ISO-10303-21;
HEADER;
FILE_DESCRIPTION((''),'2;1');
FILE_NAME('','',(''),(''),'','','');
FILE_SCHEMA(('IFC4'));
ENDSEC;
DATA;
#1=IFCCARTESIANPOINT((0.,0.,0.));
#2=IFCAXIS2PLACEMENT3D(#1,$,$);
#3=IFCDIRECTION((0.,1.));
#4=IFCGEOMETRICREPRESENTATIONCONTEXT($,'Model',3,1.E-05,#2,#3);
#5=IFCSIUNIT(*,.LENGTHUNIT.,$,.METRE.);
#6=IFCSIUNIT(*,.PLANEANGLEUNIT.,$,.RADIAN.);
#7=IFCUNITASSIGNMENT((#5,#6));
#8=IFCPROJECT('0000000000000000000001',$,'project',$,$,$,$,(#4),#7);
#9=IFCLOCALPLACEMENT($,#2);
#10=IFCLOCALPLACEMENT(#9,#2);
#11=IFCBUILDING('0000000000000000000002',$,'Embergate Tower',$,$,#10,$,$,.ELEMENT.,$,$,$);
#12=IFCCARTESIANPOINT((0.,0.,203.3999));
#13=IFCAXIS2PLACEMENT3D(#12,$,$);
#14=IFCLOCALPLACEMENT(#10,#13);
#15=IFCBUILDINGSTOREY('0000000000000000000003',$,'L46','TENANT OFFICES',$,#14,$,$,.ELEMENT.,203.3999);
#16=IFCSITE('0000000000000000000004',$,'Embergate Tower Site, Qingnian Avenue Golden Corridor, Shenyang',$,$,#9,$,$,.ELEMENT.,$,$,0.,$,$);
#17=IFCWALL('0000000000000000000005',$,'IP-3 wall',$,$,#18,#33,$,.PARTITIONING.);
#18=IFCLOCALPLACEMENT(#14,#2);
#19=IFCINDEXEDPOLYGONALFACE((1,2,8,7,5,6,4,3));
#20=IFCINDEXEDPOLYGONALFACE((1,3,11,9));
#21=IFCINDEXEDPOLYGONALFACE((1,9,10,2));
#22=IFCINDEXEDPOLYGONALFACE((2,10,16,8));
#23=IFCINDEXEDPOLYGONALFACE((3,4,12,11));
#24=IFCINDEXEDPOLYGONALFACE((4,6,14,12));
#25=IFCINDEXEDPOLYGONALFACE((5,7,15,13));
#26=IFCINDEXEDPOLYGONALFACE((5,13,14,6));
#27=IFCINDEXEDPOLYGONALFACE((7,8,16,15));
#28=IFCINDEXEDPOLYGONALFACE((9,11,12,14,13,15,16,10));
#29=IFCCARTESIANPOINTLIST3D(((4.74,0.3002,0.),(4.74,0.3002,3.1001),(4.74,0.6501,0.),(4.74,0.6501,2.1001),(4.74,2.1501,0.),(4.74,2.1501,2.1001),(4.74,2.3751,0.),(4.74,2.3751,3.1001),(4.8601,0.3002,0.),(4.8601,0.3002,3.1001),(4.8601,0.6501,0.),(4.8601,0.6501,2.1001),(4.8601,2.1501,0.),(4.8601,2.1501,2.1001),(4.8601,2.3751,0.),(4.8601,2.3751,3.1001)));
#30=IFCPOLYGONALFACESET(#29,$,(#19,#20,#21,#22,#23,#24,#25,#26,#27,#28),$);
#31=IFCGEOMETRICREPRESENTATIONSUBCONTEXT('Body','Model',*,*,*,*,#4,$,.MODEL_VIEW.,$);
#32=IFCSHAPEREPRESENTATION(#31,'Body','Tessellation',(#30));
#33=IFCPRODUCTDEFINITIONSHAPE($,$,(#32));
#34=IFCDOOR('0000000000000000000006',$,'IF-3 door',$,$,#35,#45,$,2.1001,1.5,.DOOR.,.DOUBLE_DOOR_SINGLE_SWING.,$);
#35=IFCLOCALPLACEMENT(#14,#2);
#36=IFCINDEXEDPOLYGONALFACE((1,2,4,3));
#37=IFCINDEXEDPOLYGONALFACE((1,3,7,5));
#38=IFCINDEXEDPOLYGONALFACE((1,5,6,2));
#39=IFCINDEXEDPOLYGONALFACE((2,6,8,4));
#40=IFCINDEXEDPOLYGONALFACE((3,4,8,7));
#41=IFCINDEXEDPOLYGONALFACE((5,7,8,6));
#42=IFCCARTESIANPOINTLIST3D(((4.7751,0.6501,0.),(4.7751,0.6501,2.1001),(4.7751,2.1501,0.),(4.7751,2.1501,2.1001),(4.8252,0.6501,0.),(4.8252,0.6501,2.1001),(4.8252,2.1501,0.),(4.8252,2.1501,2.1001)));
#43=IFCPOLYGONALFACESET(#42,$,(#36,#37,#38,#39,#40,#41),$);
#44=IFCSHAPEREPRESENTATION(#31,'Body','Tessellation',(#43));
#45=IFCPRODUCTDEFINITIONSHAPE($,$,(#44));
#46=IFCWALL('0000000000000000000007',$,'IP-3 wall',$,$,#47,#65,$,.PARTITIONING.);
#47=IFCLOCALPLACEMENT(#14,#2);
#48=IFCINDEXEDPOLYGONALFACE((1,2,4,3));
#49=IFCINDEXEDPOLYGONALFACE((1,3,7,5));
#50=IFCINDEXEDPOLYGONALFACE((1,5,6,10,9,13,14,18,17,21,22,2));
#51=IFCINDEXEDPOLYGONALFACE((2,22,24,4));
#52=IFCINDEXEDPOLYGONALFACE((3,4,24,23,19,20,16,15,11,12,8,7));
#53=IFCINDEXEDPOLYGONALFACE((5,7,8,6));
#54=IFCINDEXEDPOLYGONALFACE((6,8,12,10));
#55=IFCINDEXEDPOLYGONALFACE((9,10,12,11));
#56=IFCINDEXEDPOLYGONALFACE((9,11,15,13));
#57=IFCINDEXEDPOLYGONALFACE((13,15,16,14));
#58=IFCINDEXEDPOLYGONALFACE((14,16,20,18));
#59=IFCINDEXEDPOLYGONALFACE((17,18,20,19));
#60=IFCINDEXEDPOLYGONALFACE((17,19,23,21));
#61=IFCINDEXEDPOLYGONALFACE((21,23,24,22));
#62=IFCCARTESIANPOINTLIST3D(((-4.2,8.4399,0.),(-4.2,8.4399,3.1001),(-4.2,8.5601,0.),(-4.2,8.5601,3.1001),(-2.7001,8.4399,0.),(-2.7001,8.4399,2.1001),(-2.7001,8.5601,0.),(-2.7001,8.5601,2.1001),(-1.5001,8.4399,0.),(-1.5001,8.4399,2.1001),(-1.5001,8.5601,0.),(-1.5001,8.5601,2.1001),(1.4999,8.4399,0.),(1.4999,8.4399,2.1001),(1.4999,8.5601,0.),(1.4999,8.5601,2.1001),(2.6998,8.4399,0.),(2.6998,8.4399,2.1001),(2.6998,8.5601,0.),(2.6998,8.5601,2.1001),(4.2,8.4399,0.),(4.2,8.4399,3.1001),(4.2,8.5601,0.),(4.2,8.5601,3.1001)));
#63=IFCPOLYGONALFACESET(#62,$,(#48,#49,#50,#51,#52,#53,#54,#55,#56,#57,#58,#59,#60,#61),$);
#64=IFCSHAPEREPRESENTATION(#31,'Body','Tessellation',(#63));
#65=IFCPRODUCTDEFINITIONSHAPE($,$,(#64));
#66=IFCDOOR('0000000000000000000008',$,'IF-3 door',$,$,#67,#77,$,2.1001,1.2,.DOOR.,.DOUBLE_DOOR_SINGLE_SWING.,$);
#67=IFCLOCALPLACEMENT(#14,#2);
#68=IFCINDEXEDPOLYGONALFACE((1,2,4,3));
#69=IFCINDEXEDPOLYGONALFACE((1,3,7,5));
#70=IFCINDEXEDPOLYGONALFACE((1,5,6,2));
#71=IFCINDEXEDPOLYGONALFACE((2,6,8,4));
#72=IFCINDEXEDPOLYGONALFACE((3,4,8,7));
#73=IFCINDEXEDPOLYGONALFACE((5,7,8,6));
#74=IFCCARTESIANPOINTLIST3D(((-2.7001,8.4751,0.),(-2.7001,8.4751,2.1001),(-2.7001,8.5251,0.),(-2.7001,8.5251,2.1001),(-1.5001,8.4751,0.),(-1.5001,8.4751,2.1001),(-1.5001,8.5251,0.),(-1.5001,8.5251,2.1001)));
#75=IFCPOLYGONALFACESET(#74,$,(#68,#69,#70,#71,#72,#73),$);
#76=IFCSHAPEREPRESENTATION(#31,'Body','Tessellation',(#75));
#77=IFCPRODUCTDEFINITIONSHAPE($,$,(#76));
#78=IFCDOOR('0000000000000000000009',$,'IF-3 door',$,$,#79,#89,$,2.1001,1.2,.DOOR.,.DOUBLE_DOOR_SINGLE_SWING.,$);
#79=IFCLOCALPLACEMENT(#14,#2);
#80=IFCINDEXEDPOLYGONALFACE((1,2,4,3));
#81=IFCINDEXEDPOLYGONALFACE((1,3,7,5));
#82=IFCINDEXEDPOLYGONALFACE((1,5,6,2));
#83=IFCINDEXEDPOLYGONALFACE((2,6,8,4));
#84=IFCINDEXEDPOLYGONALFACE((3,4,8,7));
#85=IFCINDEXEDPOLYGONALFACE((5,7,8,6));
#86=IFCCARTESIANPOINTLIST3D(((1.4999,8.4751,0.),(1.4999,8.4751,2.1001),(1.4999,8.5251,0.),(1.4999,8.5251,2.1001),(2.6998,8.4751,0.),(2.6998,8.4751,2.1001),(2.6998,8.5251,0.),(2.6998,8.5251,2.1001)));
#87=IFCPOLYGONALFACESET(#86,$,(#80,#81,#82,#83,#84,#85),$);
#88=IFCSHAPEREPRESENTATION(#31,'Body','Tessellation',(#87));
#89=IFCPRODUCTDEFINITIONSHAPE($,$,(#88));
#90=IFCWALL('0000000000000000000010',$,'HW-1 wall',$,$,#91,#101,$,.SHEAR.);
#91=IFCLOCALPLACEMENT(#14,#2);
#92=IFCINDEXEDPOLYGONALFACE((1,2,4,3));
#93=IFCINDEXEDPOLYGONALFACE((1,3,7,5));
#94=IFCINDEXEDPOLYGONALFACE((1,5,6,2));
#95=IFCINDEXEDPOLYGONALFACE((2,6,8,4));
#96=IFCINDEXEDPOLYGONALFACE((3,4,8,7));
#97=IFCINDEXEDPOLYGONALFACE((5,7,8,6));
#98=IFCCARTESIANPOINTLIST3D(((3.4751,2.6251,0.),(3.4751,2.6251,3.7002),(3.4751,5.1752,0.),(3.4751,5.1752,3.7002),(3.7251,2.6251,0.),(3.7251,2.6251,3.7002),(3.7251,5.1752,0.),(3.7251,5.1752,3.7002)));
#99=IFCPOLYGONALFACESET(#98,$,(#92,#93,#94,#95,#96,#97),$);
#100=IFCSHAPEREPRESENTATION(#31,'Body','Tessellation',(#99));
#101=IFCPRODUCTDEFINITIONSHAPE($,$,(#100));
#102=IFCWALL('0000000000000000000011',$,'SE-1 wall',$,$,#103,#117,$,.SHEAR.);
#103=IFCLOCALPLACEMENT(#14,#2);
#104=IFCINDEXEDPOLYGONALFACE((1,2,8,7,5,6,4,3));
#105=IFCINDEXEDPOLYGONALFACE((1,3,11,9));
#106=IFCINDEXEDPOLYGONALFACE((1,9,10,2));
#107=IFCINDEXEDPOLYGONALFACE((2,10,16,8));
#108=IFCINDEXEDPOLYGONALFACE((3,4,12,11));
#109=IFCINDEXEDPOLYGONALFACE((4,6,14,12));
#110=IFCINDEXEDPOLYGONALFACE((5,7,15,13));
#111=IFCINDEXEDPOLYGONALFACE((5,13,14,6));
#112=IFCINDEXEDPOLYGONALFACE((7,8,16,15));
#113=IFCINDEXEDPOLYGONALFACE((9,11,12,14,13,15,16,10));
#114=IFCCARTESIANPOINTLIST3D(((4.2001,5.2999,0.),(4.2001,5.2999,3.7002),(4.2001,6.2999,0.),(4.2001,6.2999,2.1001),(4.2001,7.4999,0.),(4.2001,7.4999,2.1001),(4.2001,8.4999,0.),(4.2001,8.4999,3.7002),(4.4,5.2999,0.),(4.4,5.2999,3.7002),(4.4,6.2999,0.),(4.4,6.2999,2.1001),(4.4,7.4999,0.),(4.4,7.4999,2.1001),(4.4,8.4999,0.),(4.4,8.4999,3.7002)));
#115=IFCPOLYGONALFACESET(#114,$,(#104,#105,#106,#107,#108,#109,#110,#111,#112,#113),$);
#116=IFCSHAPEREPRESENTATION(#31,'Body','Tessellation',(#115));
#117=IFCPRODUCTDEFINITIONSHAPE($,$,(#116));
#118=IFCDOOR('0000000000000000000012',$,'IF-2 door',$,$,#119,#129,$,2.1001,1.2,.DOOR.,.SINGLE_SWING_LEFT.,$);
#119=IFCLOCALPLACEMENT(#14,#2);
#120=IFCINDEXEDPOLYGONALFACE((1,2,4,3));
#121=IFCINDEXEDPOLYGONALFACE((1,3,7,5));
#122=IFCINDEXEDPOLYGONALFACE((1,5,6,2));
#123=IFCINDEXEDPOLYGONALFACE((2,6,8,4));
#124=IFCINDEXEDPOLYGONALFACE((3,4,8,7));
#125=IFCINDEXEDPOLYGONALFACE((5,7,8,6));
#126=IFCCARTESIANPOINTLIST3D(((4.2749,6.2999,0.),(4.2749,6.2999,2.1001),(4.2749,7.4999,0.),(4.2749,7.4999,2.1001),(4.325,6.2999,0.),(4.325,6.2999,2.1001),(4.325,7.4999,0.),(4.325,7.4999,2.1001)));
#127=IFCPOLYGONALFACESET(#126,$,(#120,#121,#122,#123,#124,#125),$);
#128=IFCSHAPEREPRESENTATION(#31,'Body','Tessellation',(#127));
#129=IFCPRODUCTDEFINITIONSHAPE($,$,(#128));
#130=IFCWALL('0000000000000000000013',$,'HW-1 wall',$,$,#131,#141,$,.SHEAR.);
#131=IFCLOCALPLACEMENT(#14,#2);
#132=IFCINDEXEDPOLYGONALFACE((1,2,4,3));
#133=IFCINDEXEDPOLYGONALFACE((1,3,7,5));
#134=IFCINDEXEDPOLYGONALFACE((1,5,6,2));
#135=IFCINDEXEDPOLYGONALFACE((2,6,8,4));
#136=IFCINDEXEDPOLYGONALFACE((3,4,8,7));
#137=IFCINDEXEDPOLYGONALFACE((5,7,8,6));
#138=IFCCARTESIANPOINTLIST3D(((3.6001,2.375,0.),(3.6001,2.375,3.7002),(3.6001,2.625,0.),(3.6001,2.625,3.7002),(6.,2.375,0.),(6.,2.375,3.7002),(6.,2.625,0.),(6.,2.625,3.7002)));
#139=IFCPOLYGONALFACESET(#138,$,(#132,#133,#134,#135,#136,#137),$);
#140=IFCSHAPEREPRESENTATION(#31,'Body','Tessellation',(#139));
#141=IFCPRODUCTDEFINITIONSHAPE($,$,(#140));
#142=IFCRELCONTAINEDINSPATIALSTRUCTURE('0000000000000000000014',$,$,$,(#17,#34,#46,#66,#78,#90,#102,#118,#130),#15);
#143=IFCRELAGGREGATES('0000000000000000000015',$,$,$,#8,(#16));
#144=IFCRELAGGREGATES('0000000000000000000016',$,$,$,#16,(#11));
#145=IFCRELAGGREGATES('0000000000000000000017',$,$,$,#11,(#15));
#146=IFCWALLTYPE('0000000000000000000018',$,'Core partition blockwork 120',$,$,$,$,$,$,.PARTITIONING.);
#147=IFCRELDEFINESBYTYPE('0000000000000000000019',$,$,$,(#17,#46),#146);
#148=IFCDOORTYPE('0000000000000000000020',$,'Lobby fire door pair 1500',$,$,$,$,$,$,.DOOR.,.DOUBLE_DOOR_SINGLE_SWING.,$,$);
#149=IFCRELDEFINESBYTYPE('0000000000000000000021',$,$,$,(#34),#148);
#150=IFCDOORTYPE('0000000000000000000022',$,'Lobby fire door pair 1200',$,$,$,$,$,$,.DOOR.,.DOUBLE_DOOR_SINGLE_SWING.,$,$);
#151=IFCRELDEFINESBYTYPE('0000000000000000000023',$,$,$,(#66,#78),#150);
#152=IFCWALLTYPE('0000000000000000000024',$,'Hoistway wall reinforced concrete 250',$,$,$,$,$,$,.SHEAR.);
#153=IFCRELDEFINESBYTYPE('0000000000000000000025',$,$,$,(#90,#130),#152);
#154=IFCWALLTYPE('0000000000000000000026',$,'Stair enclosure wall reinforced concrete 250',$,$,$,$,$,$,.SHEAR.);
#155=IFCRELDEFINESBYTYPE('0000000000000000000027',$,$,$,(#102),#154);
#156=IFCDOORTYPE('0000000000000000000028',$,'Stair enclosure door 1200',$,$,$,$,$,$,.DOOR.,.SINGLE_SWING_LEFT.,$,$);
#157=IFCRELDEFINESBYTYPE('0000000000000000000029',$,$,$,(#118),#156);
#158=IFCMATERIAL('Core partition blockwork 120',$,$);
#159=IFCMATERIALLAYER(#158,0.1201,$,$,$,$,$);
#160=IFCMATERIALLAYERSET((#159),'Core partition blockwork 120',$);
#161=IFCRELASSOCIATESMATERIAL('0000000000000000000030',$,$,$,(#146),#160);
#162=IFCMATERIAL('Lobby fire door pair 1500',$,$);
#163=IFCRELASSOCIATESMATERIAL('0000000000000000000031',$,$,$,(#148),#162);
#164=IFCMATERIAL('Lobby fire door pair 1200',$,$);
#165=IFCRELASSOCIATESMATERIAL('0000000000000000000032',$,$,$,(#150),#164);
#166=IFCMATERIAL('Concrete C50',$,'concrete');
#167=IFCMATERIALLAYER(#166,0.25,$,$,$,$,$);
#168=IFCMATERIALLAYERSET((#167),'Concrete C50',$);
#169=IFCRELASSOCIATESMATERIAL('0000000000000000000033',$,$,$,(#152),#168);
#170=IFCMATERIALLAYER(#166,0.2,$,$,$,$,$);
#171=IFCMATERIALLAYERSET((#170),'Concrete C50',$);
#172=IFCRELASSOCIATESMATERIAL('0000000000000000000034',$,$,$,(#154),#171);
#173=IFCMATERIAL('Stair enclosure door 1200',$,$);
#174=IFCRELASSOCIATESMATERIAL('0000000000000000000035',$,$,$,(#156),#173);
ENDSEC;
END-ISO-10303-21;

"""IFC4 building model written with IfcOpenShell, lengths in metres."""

from ifc_helpers import new_model, si_unit, direction, frame, frame_2d, origin, place, context, subcontext, project, spatial, rectangle, extrude, source, transform, mapped, material, layer, layer_set, type_object, element, fill, save


model = new_model("IFC4")

# Units and contexts
model_context = context("Model", 3, precision=1e-05, world=origin(), true_north=direction((0.0, 1.0)))
body_context = subcontext(model_context, "Body", "Model", "MODEL_VIEW")
ifc_project = project(units=[si_unit("LENGTHUNIT", "METRE"), si_unit("PLANEANGLEUNIT", "RADIAN")], contexts=[model_context])

# Site, building, storey
site_placement = place(None, origin())
site = spatial("IfcSite", under=ifc_project, at=site_placement, Name="Embergate Tower Site, Qingnian Avenue Golden Corridor, Shenyang", CompositionType="ELEMENT", RefElevation=0.0)
building_placement = place(site_placement, origin())
building = spatial("IfcBuilding", under=site, at=building_placement, Name="Embergate Tower", CompositionType="ELEMENT")
storey_placement = place(building_placement, frame((0.0, 0.0, 203.3999)))
storey = spatial("IfcBuildingStorey", under=building, at=storey_placement, Name="L46", Description="TENANT OFFICES", CompositionType="ELEMENT", Elevation=203.3999)

# Wall, opening, door
ifc_material_1 = material(Name="Core partition blockwork 120")
ifc_layer_1 = layer(ifc_material_1, 0.1201)
ifc_layer_set_1 = layer_set([ifc_layer_1], Name="Core partition blockwork 120")
wall_type_1 = type_object("IfcWallType", Name="Core partition blockwork 120", PredefinedType="PARTITIONING", material=ifc_layer_set_1)
shared_shape_1 = source(origin(), body_context, "Body", "SweptSolid", [
    extrude(rectangle(XDim=2.075, YDim=0.1201, at=frame_2d((1.0376, 0.0))), origin(), (0.0, 0.0, 1.0), 3.1001),
])
wall_1_placement = place(storey_placement, frame((4.8, 0.3, 0.0), z_axis=(0.0, 0.0, 1.0), x_axis=(0.0, 1.0, 0.0)))
wall_1 = element("IfcWall", 1, at=wall_1_placement, inside=storey, type_object=wall_type_1, Name="IP-3 wall", PredefinedType="PARTITIONING", context=body_context, shape_type="MappedRepresentation", body=[
    mapped(shared_shape_1, transform((0.0, 0.0, 0.0))),
])
shared_shape_2 = source(origin(), body_context, "Body", "SweptSolid", [
    extrude(rectangle(XDim=1.5, YDim=2.1001, at=frame_2d((0.75, 1.05))), frame((0.0, 0.0701, 0.0), z_axis=(0.0, -1.0, 0.0), x_axis=(1.0, 0.0, 0.0)), (0.0, 0.0, 1.0), 0.1401),
])
opening_1_placement = place(wall_1_placement, frame((0.3501, 0.0, 0.0)))
opening_1 = element("IfcOpeningElement", 2, at=opening_1_placement, cuts=wall_1, PredefinedType="OPENING", context=body_context, shape_type="MappedRepresentation", body=[
    mapped(shared_shape_2, transform((0.0, 0.0, 0.0))),
])
ifc_material_2 = material(Name="Lobby fire door pair 1500")
door_type_1 = type_object("IfcDoorType", Name="Lobby fire door pair 1500", OperationType="DOUBLE_DOOR_SINGLE_SWING", PredefinedType="DOOR", material=ifc_material_2)
shared_shape_3 = source(origin(), body_context, "Body", "SweptSolid", [
    extrude(rectangle(XDim=1.5, YDim=2.1001, at=frame_2d((0.75, 1.05))), frame((0.0, 0.0249, 0.0), z_axis=(0.0, -1.0, 0.0), x_axis=(1.0, 0.0, 0.0)), (0.0, 0.0, 1.0), 0.05),
])
door_1_placement = place(opening_1_placement, origin())
door_1 = element("IfcDoor", 3, at=door_1_placement, inside=storey, type_object=door_type_1, Name="IF-3 door", OperationType="DOUBLE_DOOR_SINGLE_SWING", OverallHeight=2.1001, OverallWidth=1.5, PredefinedType="DOOR", context=body_context, shape_type="MappedRepresentation", body=[
    mapped(shared_shape_3, transform((0.0, 0.0, 0.0))),
])
fill(opening_1, door_1)

# Wall, openings, doors
shared_shape_4 = source(origin(), body_context, "Body", "SweptSolid", [
    extrude(rectangle(XDim=8.3999, YDim=0.1201, at=frame_2d((4.2, 0.0))), origin(), (0.0, 0.0, 1.0), 3.1001),
])
wall_2_placement = place(storey_placement, frame((4.2, 8.5, 0.0), z_axis=(0.0, 0.0, 1.0), x_axis=(-1.0, 0.0, 0.0)))
wall_2 = element("IfcWall", 4, at=wall_2_placement, inside=storey, type_object=wall_type_1, Name="IP-3 wall", PredefinedType="PARTITIONING", context=body_context, shape_type="MappedRepresentation", body=[
    mapped(shared_shape_4, transform((0.0, 0.0, 0.0))),
])
shared_shape_5 = source(origin(), body_context, "Body", "SweptSolid", [
    extrude(rectangle(XDim=1.2, YDim=2.1001, at=frame_2d((0.6001, 1.05))), frame((0.0, 0.0701, 0.0), z_axis=(0.0, -1.0, 0.0), x_axis=(1.0, 0.0, 0.0)), (0.0, 0.0, 1.0), 0.1401),
])
opening_2_placement = place(wall_2_placement, frame((5.7, 0.0, 0.0)))
opening_2 = element("IfcOpeningElement", 5, at=opening_2_placement, cuts=wall_2, PredefinedType="OPENING", context=body_context, shape_type="MappedRepresentation", body=[
    mapped(shared_shape_5, transform((0.0, 0.0, 0.0))),
])
opening_3_placement = place(wall_2_placement, frame((1.5, 0.0, 0.0)))
opening_3 = element("IfcOpeningElement", 6, at=opening_3_placement, cuts=wall_2, PredefinedType="OPENING", context=body_context, shape_type="MappedRepresentation", body=[
    mapped(shared_shape_5, transform((0.0, 0.0, 0.0))),
])
ifc_material_3 = material(Name="Lobby fire door pair 1200")
door_type_2 = type_object("IfcDoorType", Name="Lobby fire door pair 1200", OperationType="DOUBLE_DOOR_SINGLE_SWING", PredefinedType="DOOR", material=ifc_material_3)
shared_shape_6 = source(origin(), body_context, "Body", "SweptSolid", [
    extrude(rectangle(XDim=1.2, YDim=2.1001, at=frame_2d((0.6001, 1.05))), frame((0.0, 0.0249, 0.0), z_axis=(0.0, -1.0, 0.0), x_axis=(1.0, 0.0, 0.0)), (0.0, 0.0, 1.0), 0.05),
])
door_2_placement = place(opening_2_placement, origin())
door_2 = element("IfcDoor", 7, at=door_2_placement, inside=storey, type_object=door_type_2, Name="IF-3 door", OperationType="DOUBLE_DOOR_SINGLE_SWING", OverallHeight=2.1001, OverallWidth=1.2, PredefinedType="DOOR", context=body_context, shape_type="MappedRepresentation", body=[
    mapped(shared_shape_6, transform((0.0, 0.0, 0.0))),
])
fill(opening_2, door_2)
door_3_placement = place(opening_3_placement, origin())
door_3 = element("IfcDoor", 8, at=door_3_placement, inside=storey, type_object=door_type_2, Name="IF-3 door", OperationType="DOUBLE_DOOR_SINGLE_SWING", OverallHeight=2.1001, OverallWidth=1.2, PredefinedType="DOOR", context=body_context, shape_type="MappedRepresentation", body=[
    mapped(shared_shape_6, transform((0.0, 0.0, 0.0))),
])
fill(opening_3, door_3)

# Wall
ifc_material_4 = material(Name="Concrete C50", Category="concrete")
ifc_layer_2 = layer(ifc_material_4, 0.25)
ifc_layer_set_2 = layer_set([ifc_layer_2], Name="Concrete C50")
wall_type_2 = type_object("IfcWallType", Name="Hoistway wall reinforced concrete 250", PredefinedType="SHEAR", material=ifc_layer_set_2)
shared_shape_7 = source(origin(), body_context, "Body", "SweptSolid", [
    extrude(rectangle(XDim=2.55, YDim=0.25, at=frame_2d((1.2749, 0.0))), origin(), (0.0, 0.0, 1.0), 3.7002),
])
wall_3_placement = place(storey_placement, frame((3.6001, 5.175, 0.0), z_axis=(0.0, 0.0, 1.0), x_axis=(0.0, -1.0, 0.0)))
element("IfcWall", 9, at=wall_3_placement, inside=storey, type_object=wall_type_2, Name="HW-1 wall", PredefinedType="SHEAR", context=body_context, shape_type="MappedRepresentation", body=[
    mapped(shared_shape_7, transform((0.0, 0.0, 0.0))),
])

# Wall, opening, door
ifc_layer_3 = layer(ifc_material_4, 0.2)
ifc_layer_set_3 = layer_set([ifc_layer_3], Name="Concrete C50")
wall_type_3 = type_object("IfcWallType", Name="Stair enclosure wall reinforced concrete 250", PredefinedType="SHEAR", material=ifc_layer_set_3)
shared_shape_8 = source(origin(), body_context, "Body", "SweptSolid", [
    extrude(rectangle(XDim=3.2, YDim=0.2, at=frame_2d((1.6001, 0.0))), origin(), (0.0, 0.0, 1.0), 3.7002),
])
wall_4_placement = place(storey_placement, frame((4.3, 8.5, 0.0), z_axis=(0.0, 0.0, 1.0), x_axis=(0.0, -1.0, 0.0)))
wall_4 = element("IfcWall", 10, at=wall_4_placement, inside=storey, type_object=wall_type_3, Name="SE-1 wall", PredefinedType="SHEAR", context=body_context, shape_type="MappedRepresentation", body=[
    mapped(shared_shape_8, transform((0.0, 0.0, 0.0))),
])
shared_shape_9 = source(origin(), body_context, "Body", "SweptSolid", [
    extrude(rectangle(XDim=1.2, YDim=2.1001, at=frame_2d((0.6001, 1.05))), frame((0.0, 0.1099, 0.0), z_axis=(0.0, -1.0, 0.0), x_axis=(1.0, 0.0, 0.0)), (0.0, 0.0, 1.0), 0.22),
])
opening_4_placement = place(wall_4_placement, frame((1.0, 0.0, 0.0)))
opening_4 = element("IfcOpeningElement", 11, at=opening_4_placement, cuts=wall_4, PredefinedType="OPENING", context=body_context, shape_type="MappedRepresentation", body=[
    mapped(shared_shape_9, transform((0.0, 0.0, 0.0))),
])
ifc_material_5 = material(Name="Stair enclosure door 1200")
door_type_3 = type_object("IfcDoorType", Name="Stair enclosure door 1200", OperationType="SINGLE_SWING_LEFT", PredefinedType="DOOR", material=ifc_material_5)
door_4_placement = place(opening_4_placement, origin())
door_4 = element("IfcDoor", 12, at=door_4_placement, inside=storey, type_object=door_type_3, Name="IF-2 door", OperationType="SINGLE_SWING_LEFT", OverallHeight=2.1001, OverallWidth=1.2, PredefinedType="DOOR", context=body_context, shape_type="MappedRepresentation", body=[
    mapped(shared_shape_6, transform((0.0, 0.0, 0.0))),
])
fill(opening_4, door_4)

# Wall
shared_shape_10 = source(origin(), body_context, "Body", "SweptSolid", [
    extrude(rectangle(XDim=2.3999, YDim=0.25, at=frame_2d((1.2, 0.0))), origin(), (0.0, 0.0, 1.0), 3.7002),
])
wall_5_placement = place(storey_placement, frame((3.6001, 2.5, 0.0), z_axis=(0.0, 0.0, 1.0), x_axis=(1.0, 0.0, 0.0)))
element("IfcWall", 13, at=wall_5_placement, inside=storey, type_object=wall_type_2, Name="HW-1 wall", PredefinedType="SHEAR", context=body_context, shape_type="MappedRepresentation", body=[
    mapped(shared_shape_10, transform((0.0, 0.0, 0.0))),
])

save(model, "model.ifc")
